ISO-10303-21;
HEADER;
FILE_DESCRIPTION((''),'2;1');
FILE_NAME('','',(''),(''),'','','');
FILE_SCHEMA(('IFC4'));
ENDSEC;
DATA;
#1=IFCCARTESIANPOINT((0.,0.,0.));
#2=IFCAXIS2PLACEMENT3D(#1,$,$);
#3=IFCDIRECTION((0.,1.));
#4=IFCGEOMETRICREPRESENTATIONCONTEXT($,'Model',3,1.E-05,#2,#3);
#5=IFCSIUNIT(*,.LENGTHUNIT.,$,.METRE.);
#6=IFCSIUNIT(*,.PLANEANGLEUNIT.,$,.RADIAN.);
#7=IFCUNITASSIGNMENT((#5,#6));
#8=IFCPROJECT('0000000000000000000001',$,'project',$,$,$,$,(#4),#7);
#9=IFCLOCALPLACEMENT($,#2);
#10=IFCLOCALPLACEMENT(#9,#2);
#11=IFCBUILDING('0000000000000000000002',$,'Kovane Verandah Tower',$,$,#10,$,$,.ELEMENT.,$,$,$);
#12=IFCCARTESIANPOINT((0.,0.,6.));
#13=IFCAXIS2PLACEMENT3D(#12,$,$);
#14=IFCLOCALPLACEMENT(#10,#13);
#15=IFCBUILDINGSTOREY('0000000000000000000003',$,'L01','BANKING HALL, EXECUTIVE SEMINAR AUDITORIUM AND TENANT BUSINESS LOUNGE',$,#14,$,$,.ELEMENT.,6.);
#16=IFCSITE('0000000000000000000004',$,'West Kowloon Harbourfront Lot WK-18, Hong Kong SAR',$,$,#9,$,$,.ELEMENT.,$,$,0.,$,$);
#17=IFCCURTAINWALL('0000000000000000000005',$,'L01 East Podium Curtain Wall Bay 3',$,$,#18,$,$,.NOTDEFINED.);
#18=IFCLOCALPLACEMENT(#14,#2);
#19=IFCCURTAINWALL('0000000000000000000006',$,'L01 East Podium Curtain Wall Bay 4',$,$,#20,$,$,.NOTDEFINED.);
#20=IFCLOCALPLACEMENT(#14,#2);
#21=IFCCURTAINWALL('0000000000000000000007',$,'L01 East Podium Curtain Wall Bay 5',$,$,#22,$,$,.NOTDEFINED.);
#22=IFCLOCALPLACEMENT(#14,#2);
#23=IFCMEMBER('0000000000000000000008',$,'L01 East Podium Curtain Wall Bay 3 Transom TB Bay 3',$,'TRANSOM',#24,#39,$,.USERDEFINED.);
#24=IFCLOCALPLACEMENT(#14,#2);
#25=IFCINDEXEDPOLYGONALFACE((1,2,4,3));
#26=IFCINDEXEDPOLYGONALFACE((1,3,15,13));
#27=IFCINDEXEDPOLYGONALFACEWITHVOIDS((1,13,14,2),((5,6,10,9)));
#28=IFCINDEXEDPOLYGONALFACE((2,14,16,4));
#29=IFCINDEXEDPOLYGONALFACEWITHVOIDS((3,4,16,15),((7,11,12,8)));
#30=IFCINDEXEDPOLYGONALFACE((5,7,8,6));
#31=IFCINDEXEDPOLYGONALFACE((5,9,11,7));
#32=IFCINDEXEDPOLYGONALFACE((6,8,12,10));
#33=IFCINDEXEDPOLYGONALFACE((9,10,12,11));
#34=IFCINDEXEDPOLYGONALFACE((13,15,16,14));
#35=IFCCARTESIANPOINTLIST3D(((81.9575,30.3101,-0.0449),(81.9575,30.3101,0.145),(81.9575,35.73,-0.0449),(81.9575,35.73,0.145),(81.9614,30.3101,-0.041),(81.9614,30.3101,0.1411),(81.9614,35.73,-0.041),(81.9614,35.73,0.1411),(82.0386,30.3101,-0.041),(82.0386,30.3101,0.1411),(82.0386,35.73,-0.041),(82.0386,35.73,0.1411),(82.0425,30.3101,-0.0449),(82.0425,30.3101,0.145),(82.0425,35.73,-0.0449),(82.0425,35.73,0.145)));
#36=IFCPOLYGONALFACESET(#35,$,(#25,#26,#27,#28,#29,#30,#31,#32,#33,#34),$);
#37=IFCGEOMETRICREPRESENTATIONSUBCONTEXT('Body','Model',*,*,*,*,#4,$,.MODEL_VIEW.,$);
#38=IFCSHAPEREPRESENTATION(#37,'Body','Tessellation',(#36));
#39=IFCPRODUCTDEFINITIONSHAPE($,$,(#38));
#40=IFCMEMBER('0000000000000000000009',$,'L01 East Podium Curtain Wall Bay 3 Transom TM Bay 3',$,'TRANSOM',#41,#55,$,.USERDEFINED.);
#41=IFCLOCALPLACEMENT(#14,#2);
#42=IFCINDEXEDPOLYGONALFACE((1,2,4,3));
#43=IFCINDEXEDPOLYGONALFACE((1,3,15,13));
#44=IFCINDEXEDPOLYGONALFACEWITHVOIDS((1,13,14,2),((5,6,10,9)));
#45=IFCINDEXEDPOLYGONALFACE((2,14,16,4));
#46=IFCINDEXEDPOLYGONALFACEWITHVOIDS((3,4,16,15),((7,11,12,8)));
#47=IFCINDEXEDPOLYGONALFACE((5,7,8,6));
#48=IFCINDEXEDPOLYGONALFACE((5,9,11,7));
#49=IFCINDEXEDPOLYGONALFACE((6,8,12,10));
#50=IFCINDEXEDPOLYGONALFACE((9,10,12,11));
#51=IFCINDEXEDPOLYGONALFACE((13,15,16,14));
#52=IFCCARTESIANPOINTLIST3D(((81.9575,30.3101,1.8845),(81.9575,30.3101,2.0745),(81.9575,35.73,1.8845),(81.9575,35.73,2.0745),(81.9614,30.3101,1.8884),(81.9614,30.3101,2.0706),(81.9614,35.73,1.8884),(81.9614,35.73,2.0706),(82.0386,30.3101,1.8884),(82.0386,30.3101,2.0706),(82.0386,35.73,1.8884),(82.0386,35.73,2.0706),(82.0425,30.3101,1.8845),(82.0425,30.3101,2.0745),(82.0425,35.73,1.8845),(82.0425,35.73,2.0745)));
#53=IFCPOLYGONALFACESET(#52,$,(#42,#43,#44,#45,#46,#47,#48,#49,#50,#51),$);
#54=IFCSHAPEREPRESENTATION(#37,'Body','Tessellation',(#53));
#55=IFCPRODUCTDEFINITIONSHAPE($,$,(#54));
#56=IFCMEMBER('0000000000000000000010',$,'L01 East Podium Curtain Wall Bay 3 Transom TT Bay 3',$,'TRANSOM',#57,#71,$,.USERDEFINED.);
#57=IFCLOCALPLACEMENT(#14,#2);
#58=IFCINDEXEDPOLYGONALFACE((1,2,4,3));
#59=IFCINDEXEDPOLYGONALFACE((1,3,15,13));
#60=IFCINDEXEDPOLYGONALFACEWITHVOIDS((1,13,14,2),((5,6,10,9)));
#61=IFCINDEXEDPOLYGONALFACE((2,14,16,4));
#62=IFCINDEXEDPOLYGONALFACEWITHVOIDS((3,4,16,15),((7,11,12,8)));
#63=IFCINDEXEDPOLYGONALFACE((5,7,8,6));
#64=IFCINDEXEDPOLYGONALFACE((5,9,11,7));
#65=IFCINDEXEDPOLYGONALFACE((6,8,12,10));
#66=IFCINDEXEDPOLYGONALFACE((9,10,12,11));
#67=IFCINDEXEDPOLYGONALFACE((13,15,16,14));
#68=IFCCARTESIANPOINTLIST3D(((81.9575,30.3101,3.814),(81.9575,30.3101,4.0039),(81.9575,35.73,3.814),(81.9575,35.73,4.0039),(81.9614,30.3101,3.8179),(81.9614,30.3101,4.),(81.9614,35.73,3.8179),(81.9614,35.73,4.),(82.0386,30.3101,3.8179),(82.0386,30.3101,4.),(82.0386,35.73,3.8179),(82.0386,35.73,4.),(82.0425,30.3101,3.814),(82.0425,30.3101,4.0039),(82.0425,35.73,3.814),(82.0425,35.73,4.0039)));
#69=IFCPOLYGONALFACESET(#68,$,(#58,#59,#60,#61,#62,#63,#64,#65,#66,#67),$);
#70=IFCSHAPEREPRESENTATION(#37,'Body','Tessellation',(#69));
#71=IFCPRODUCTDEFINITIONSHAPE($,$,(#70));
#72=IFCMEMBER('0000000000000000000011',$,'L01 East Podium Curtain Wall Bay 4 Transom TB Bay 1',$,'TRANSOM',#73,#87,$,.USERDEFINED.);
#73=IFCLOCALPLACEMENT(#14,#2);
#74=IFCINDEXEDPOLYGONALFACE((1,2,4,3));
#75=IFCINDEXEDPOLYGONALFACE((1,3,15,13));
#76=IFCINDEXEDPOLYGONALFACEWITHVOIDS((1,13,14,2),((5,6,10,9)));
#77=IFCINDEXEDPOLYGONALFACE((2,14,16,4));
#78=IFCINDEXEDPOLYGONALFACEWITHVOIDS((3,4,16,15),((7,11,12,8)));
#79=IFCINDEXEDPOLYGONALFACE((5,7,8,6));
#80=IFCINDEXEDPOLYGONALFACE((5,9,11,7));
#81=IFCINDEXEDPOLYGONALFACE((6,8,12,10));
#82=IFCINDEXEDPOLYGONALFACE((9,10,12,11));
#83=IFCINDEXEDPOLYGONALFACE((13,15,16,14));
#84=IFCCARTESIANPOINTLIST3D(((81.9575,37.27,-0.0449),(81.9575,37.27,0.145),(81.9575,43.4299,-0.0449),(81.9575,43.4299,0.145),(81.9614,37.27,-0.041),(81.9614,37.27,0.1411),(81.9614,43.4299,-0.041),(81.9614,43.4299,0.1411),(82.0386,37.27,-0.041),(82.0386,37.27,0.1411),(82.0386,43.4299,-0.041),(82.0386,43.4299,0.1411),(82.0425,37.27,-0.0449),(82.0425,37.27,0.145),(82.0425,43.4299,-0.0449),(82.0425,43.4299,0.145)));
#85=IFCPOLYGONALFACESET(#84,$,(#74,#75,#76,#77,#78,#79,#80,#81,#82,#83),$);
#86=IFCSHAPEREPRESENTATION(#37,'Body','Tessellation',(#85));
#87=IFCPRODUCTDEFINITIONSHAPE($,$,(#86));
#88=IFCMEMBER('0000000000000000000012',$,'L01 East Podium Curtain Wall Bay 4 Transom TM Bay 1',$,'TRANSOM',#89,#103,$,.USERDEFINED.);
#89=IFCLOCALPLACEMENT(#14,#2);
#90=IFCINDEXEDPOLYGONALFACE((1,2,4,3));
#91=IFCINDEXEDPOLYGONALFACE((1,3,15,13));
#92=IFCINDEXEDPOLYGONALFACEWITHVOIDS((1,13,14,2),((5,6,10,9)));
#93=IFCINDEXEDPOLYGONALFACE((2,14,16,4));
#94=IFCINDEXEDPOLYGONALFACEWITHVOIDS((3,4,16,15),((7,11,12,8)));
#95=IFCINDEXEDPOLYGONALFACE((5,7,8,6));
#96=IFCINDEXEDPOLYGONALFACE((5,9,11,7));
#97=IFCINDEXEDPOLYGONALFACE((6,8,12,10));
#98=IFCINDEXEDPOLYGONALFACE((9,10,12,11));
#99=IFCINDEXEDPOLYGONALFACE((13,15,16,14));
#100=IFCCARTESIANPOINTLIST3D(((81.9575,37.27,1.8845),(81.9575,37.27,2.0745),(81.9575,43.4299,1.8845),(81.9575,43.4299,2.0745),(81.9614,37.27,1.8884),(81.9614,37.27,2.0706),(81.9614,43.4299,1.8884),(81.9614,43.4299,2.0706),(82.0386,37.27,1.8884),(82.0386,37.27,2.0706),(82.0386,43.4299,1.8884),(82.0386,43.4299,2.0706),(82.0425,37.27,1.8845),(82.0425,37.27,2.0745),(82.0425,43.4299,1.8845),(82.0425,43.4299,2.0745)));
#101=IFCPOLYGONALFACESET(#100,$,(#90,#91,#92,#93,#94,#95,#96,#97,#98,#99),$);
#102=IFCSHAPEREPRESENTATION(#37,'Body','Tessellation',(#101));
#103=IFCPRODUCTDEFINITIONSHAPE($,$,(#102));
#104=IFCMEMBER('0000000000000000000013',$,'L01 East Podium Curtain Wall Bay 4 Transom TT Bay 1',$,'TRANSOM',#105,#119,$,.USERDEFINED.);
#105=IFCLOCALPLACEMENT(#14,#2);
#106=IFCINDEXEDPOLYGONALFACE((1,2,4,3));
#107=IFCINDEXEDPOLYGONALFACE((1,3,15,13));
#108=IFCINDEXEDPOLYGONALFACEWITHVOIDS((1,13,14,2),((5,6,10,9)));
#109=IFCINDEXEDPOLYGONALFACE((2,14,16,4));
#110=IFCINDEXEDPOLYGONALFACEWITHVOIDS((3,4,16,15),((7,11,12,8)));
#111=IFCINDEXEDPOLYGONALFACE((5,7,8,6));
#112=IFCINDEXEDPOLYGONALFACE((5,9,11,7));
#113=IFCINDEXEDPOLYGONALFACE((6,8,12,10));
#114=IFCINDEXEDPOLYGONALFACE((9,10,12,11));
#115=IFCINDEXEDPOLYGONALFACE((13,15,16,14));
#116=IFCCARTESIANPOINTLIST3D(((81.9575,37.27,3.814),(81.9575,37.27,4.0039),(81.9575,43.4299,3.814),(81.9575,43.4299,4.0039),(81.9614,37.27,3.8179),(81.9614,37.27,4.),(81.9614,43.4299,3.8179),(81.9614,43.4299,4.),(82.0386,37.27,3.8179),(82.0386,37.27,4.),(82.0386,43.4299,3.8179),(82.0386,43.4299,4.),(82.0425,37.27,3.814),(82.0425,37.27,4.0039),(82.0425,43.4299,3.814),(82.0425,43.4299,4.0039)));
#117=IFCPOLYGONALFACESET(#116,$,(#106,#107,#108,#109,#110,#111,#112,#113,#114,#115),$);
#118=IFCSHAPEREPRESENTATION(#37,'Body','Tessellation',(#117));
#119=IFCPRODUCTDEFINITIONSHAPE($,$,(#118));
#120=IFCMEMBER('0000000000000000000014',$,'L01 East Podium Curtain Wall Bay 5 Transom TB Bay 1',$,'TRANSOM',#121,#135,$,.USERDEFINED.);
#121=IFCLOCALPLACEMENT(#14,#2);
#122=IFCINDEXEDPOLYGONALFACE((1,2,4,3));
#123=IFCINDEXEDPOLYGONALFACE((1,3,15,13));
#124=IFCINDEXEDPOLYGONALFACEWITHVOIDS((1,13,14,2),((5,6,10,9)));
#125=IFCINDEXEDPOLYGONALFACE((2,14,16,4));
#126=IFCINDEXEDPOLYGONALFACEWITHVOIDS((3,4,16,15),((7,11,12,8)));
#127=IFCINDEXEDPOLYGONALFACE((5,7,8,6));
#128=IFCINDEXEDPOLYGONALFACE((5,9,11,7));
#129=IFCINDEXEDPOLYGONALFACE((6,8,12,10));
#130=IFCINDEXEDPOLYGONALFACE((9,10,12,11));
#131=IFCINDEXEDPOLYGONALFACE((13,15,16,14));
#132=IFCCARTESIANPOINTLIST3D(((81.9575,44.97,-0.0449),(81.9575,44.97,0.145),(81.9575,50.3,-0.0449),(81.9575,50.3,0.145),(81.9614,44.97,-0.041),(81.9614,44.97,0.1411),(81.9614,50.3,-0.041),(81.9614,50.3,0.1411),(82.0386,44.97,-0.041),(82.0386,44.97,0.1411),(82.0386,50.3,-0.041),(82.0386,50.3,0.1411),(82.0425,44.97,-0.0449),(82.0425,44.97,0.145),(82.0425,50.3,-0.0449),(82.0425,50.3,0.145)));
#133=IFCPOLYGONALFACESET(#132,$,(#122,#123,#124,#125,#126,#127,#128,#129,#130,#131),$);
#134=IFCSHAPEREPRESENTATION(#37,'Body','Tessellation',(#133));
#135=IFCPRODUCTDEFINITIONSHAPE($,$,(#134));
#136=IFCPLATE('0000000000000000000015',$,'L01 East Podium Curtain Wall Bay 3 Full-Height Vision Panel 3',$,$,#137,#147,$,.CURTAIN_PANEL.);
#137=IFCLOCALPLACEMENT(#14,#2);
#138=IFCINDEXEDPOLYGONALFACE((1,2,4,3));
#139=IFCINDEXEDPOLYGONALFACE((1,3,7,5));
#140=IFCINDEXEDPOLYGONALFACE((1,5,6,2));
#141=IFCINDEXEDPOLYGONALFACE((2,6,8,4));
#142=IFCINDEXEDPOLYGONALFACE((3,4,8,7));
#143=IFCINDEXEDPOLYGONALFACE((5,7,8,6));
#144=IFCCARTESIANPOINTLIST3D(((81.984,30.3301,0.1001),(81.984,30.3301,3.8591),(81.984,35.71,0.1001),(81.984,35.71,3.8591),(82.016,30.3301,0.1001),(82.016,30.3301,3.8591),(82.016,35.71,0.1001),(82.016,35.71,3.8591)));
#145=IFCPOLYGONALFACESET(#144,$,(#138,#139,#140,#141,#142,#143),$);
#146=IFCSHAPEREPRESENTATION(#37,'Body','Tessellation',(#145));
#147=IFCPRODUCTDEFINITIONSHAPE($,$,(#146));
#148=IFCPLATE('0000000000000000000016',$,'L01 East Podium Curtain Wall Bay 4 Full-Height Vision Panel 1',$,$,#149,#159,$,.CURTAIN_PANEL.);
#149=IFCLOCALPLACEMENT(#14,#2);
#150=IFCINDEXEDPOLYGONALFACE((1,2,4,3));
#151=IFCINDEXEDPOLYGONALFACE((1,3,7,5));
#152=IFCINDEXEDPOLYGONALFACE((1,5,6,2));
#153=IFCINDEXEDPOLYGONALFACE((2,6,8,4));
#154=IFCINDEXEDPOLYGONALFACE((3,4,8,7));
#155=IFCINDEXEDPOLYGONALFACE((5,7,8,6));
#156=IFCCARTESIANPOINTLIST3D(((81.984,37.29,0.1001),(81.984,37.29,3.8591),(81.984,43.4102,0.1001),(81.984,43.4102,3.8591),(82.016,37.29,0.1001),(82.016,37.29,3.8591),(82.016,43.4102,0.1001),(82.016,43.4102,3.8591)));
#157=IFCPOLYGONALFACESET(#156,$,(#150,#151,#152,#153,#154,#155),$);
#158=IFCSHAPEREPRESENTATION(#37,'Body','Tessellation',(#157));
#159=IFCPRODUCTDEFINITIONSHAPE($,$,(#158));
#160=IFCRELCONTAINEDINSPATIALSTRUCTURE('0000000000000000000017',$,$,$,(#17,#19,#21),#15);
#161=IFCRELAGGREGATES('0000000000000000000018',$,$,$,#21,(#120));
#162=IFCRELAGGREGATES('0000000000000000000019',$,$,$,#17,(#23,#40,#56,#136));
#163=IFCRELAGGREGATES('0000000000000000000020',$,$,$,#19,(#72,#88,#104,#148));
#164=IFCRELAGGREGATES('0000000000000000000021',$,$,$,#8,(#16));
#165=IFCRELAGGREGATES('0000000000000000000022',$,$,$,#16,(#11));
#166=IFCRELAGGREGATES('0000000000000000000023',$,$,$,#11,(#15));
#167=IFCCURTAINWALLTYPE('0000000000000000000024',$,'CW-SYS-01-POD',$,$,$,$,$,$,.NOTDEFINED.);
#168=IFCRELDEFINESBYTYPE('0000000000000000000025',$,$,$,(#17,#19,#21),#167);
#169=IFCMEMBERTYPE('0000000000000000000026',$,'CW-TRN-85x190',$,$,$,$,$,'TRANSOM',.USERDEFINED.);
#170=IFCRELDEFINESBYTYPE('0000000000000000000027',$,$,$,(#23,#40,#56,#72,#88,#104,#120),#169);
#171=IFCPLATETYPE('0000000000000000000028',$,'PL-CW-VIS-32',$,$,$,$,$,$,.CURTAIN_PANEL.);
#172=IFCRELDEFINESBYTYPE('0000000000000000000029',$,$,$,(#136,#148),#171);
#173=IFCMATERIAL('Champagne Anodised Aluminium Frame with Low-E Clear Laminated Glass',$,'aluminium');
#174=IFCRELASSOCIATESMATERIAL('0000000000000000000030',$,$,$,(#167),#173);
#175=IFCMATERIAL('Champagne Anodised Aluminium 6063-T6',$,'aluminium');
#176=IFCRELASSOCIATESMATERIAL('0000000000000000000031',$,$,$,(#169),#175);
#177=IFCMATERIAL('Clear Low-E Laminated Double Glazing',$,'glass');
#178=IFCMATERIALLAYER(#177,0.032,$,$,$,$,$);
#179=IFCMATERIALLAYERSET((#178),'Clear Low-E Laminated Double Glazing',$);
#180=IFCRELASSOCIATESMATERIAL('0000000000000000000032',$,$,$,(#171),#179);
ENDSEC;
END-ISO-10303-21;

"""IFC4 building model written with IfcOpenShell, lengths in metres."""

from ifc_helpers import new_model, si_unit, direction, frame, origin, origin_2d, place, context, subcontext, project, spatial, rectangle, hollow_rectangle, extrude, material, layer, layer_set, material_profile, profile_set, type_object, element, aggregate, save


model = new_model("IFC4")

# Units and contexts
model_context = context("Model", 3, precision=1e-05, world=origin(), true_north=direction((0.0, 1.0)))
body_context = subcontext(model_context, "Body", "Model", "MODEL_VIEW")
ifc_project = project(units=[si_unit("LENGTHUNIT", "METRE"), si_unit("PLANEANGLEUNIT", "RADIAN")], contexts=[model_context])

# Site, building, storey
site_placement = place(None, origin())
site = spatial("IfcSite", under=ifc_project, at=site_placement, Name="West Kowloon Harbourfront Lot WK-18, Hong Kong SAR", CompositionType="ELEMENT", RefElevation=0.0)
building_placement = place(site_placement, origin())
building = spatial("IfcBuilding", under=site, at=building_placement, Name="Kovane Verandah Tower", CompositionType="ELEMENT")
storey_placement = place(building_placement, frame((0.0, 0.0, 6.0)))
storey = spatial("IfcBuildingStorey", under=building, at=storey_placement, Name="L01", Description="BANKING HALL, EXECUTIVE SEMINAR AUDITORIUM AND TENANT BUSINESS LOUNGE", CompositionType="ELEMENT", Elevation=6.0)

# Curtain walls
ifc_material_1 = material(Name="Champagne Anodised Aluminium Frame with Low-E Clear Laminated Glass", Category="aluminium")
curtain_wall_type = type_object("IfcCurtainWallType", Name="CW-SYS-01-POD", PredefinedType="NOTDEFINED", material=ifc_material_1)
curtain_wall_1_placement = place(storey_placement, origin())
curtain_wall_1 = element("IfcCurtainWall", 1, at=curtain_wall_1_placement, inside=storey, type_object=curtain_wall_type, Name="L01 East Podium Curtain Wall Bay 3", PredefinedType="NOTDEFINED")
ifc_material_2 = material(Name="Champagne Anodised Aluminium 6063-T6", Category="aluminium")
curtain_wall_2_placement = place(storey_placement, origin())
curtain_wall_2 = element("IfcCurtainWall", 2, at=curtain_wall_2_placement, inside=storey, type_object=curtain_wall_type, Name="L01 East Podium Curtain Wall Bay 4", PredefinedType="NOTDEFINED")

# Curtain wall
curtain_wall_3_placement = place(storey_placement, origin())
curtain_wall_3 = element("IfcCurtainWall", 3, at=curtain_wall_3_placement, inside=storey, type_object=curtain_wall_type, Name="L01 East Podium Curtain Wall Bay 5", PredefinedType="NOTDEFINED")

# Members
ifc_material_profile_1 = material_profile(ifc_material_2, hollow_rectangle(XDim=0.085, YDim=0.1899, WallThickness=0.0039, at=origin_2d()), Name="AL85x190x4")
ifc_profile_set_1 = profile_set([ifc_material_profile_1], Name="Champagne Anodised Aluminium 6063-T6")
member_type_1 = type_object("IfcMemberType", Name="CW-TRN-85x190", ElementType="TRANSOM", PredefinedType="USERDEFINED", material=ifc_profile_set_1)
member_1_placement = place(storey_placement, frame((82.0, 30.3101, 0.05), z_axis=(0.0, 1.0, 0.0), x_axis=(-1.0, 0.0, 0.0)))
member_1 = element("IfcMember", 4, at=member_1_placement, type_object=member_type_1, Name="L01 East Podium Curtain Wall Bay 3 Transom TB Bay 3", ObjectType="TRANSOM", PredefinedType="USERDEFINED", context=body_context, shape_type="SweptSolid", body=[
    extrude(hollow_rectangle(XDim=0.085, YDim=0.1899, WallThickness=0.0039, at=origin_2d()), origin(), (0.0, 0.0, 1.0), 5.4199),
])
member_2_placement = place(storey_placement, frame((82.0, 30.3101, 1.9795), z_axis=(0.0, 1.0, 0.0), x_axis=(-1.0, 0.0, 0.0)))
member_2 = element("IfcMember", 5, at=member_2_placement, type_object=member_type_1, Name="L01 East Podium Curtain Wall Bay 3 Transom TM Bay 3", ObjectType="TRANSOM", PredefinedType="USERDEFINED", context=body_context, shape_type="SweptSolid", body=[
    extrude(hollow_rectangle(XDim=0.085, YDim=0.1899, WallThickness=0.0039, at=origin_2d()), origin(), (0.0, 0.0, 1.0), 5.4199),
])
member_3_placement = place(storey_placement, frame((82.0, 30.3101, 3.9089), z_axis=(0.0, 1.0, 0.0), x_axis=(-1.0, 0.0, 0.0)))
member_3 = element("IfcMember", 6, at=member_3_placement, type_object=member_type_1, Name="L01 East Podium Curtain Wall Bay 3 Transom TT Bay 3", ObjectType="TRANSOM", PredefinedType="USERDEFINED", context=body_context, shape_type="SweptSolid", body=[
    extrude(hollow_rectangle(XDim=0.085, YDim=0.1899, WallThickness=0.0039, at=origin_2d()), origin(), (0.0, 0.0, 1.0), 5.4199),
])
member_4_placement = place(storey_placement, frame((82.0, 37.27, 0.05), z_axis=(0.0, 1.0, 0.0), x_axis=(-1.0, 0.0, 0.0)))
member_4 = element("IfcMember", 7, at=member_4_placement, type_object=member_type_1, Name="L01 East Podium Curtain Wall Bay 4 Transom TB Bay 1", ObjectType="TRANSOM", PredefinedType="USERDEFINED", context=body_context, shape_type="SweptSolid", body=[
    extrude(hollow_rectangle(XDim=0.085, YDim=0.1899, WallThickness=0.0039, at=origin_2d()), origin(), (0.0, 0.0, 1.0), 6.1599),
])
member_5_placement = place(storey_placement, frame((82.0, 37.27, 1.9795), z_axis=(0.0, 1.0, 0.0), x_axis=(-1.0, 0.0, 0.0)))
member_5 = element("IfcMember", 8, at=member_5_placement, type_object=member_type_1, Name="L01 East Podium Curtain Wall Bay 4 Transom TM Bay 1", ObjectType="TRANSOM", PredefinedType="USERDEFINED", context=body_context, shape_type="SweptSolid", body=[
    extrude(hollow_rectangle(XDim=0.085, YDim=0.1899, WallThickness=0.0039, at=origin_2d()), origin(), (0.0, 0.0, 1.0), 6.1599),
])
member_6_placement = place(storey_placement, frame((82.0, 37.27, 3.9089), z_axis=(0.0, 1.0, 0.0), x_axis=(-1.0, 0.0, 0.0)))
member_6 = element("IfcMember", 9, at=member_6_placement, type_object=member_type_1, Name="L01 East Podium Curtain Wall Bay 4 Transom TT Bay 1", ObjectType="TRANSOM", PredefinedType="USERDEFINED", context=body_context, shape_type="SweptSolid", body=[
    extrude(hollow_rectangle(XDim=0.085, YDim=0.1899, WallThickness=0.0039, at=origin_2d()), origin(), (0.0, 0.0, 1.0), 6.1599),
])
member_7_placement = place(storey_placement, frame((82.0, 44.97, 0.05), z_axis=(0.0, 1.0, 0.0), x_axis=(-1.0, 0.0, 0.0)))
member_7 = element("IfcMember", 10, at=member_7_placement, type_object=member_type_1, Name="L01 East Podium Curtain Wall Bay 5 Transom TB Bay 1", ObjectType="TRANSOM", PredefinedType="USERDEFINED", context=body_context, shape_type="SweptSolid", body=[
    extrude(hollow_rectangle(XDim=0.085, YDim=0.1899, WallThickness=0.0039, at=origin_2d()), origin(), (0.0, 0.0, 1.0), 5.3301),
])
aggregate(curtain_wall_3, [member_7])

# Plates
ifc_material_3 = material(Name="Clear Low-E Laminated Double Glazing", Category="glass")
ifc_layer_1 = layer(ifc_material_3, 0.032)
ifc_layer_set_1 = layer_set([ifc_layer_1], Name="Clear Low-E Laminated Double Glazing")
plate_type = type_object("IfcPlateType", Name="PL-CW-VIS-32", PredefinedType="CURTAIN_PANEL", material=ifc_layer_set_1)
plate_1_placement = place(storey_placement, frame((82.0, 33.02, 0.1001), z_axis=(0.0, 0.0, 1.0), x_axis=(0.0, 1.0, 0.0)))
plate_1 = element("IfcPlate", 11, at=plate_1_placement, type_object=plate_type, Name="L01 East Podium Curtain Wall Bay 3 Full-Height Vision Panel 3", PredefinedType="CURTAIN_PANEL", context=body_context, shape_type="SweptSolid", body=[
    extrude(rectangle(XDim=5.3799, YDim=0.032, at=origin_2d()), origin(), (0.0, 0.0, 1.0), 3.759),
])
aggregate(curtain_wall_1, [member_1, member_2, member_3, plate_1])
plate_2_placement = place(storey_placement, frame((82.0, 40.3501, 0.1001), z_axis=(0.0, 0.0, 1.0), x_axis=(0.0, 1.0, 0.0)))
plate_2 = element("IfcPlate", 12, at=plate_2_placement, type_object=plate_type, Name="L01 East Podium Curtain Wall Bay 4 Full-Height Vision Panel 1", PredefinedType="CURTAIN_PANEL", context=body_context, shape_type="SweptSolid", body=[
    extrude(rectangle(XDim=6.1201, YDim=0.032, at=origin_2d()), origin(), (0.0, 0.0, 1.0), 3.759),
])
aggregate(curtain_wall_2, [member_4, member_5, member_6, plate_2])

save(model, "model.ifc")
